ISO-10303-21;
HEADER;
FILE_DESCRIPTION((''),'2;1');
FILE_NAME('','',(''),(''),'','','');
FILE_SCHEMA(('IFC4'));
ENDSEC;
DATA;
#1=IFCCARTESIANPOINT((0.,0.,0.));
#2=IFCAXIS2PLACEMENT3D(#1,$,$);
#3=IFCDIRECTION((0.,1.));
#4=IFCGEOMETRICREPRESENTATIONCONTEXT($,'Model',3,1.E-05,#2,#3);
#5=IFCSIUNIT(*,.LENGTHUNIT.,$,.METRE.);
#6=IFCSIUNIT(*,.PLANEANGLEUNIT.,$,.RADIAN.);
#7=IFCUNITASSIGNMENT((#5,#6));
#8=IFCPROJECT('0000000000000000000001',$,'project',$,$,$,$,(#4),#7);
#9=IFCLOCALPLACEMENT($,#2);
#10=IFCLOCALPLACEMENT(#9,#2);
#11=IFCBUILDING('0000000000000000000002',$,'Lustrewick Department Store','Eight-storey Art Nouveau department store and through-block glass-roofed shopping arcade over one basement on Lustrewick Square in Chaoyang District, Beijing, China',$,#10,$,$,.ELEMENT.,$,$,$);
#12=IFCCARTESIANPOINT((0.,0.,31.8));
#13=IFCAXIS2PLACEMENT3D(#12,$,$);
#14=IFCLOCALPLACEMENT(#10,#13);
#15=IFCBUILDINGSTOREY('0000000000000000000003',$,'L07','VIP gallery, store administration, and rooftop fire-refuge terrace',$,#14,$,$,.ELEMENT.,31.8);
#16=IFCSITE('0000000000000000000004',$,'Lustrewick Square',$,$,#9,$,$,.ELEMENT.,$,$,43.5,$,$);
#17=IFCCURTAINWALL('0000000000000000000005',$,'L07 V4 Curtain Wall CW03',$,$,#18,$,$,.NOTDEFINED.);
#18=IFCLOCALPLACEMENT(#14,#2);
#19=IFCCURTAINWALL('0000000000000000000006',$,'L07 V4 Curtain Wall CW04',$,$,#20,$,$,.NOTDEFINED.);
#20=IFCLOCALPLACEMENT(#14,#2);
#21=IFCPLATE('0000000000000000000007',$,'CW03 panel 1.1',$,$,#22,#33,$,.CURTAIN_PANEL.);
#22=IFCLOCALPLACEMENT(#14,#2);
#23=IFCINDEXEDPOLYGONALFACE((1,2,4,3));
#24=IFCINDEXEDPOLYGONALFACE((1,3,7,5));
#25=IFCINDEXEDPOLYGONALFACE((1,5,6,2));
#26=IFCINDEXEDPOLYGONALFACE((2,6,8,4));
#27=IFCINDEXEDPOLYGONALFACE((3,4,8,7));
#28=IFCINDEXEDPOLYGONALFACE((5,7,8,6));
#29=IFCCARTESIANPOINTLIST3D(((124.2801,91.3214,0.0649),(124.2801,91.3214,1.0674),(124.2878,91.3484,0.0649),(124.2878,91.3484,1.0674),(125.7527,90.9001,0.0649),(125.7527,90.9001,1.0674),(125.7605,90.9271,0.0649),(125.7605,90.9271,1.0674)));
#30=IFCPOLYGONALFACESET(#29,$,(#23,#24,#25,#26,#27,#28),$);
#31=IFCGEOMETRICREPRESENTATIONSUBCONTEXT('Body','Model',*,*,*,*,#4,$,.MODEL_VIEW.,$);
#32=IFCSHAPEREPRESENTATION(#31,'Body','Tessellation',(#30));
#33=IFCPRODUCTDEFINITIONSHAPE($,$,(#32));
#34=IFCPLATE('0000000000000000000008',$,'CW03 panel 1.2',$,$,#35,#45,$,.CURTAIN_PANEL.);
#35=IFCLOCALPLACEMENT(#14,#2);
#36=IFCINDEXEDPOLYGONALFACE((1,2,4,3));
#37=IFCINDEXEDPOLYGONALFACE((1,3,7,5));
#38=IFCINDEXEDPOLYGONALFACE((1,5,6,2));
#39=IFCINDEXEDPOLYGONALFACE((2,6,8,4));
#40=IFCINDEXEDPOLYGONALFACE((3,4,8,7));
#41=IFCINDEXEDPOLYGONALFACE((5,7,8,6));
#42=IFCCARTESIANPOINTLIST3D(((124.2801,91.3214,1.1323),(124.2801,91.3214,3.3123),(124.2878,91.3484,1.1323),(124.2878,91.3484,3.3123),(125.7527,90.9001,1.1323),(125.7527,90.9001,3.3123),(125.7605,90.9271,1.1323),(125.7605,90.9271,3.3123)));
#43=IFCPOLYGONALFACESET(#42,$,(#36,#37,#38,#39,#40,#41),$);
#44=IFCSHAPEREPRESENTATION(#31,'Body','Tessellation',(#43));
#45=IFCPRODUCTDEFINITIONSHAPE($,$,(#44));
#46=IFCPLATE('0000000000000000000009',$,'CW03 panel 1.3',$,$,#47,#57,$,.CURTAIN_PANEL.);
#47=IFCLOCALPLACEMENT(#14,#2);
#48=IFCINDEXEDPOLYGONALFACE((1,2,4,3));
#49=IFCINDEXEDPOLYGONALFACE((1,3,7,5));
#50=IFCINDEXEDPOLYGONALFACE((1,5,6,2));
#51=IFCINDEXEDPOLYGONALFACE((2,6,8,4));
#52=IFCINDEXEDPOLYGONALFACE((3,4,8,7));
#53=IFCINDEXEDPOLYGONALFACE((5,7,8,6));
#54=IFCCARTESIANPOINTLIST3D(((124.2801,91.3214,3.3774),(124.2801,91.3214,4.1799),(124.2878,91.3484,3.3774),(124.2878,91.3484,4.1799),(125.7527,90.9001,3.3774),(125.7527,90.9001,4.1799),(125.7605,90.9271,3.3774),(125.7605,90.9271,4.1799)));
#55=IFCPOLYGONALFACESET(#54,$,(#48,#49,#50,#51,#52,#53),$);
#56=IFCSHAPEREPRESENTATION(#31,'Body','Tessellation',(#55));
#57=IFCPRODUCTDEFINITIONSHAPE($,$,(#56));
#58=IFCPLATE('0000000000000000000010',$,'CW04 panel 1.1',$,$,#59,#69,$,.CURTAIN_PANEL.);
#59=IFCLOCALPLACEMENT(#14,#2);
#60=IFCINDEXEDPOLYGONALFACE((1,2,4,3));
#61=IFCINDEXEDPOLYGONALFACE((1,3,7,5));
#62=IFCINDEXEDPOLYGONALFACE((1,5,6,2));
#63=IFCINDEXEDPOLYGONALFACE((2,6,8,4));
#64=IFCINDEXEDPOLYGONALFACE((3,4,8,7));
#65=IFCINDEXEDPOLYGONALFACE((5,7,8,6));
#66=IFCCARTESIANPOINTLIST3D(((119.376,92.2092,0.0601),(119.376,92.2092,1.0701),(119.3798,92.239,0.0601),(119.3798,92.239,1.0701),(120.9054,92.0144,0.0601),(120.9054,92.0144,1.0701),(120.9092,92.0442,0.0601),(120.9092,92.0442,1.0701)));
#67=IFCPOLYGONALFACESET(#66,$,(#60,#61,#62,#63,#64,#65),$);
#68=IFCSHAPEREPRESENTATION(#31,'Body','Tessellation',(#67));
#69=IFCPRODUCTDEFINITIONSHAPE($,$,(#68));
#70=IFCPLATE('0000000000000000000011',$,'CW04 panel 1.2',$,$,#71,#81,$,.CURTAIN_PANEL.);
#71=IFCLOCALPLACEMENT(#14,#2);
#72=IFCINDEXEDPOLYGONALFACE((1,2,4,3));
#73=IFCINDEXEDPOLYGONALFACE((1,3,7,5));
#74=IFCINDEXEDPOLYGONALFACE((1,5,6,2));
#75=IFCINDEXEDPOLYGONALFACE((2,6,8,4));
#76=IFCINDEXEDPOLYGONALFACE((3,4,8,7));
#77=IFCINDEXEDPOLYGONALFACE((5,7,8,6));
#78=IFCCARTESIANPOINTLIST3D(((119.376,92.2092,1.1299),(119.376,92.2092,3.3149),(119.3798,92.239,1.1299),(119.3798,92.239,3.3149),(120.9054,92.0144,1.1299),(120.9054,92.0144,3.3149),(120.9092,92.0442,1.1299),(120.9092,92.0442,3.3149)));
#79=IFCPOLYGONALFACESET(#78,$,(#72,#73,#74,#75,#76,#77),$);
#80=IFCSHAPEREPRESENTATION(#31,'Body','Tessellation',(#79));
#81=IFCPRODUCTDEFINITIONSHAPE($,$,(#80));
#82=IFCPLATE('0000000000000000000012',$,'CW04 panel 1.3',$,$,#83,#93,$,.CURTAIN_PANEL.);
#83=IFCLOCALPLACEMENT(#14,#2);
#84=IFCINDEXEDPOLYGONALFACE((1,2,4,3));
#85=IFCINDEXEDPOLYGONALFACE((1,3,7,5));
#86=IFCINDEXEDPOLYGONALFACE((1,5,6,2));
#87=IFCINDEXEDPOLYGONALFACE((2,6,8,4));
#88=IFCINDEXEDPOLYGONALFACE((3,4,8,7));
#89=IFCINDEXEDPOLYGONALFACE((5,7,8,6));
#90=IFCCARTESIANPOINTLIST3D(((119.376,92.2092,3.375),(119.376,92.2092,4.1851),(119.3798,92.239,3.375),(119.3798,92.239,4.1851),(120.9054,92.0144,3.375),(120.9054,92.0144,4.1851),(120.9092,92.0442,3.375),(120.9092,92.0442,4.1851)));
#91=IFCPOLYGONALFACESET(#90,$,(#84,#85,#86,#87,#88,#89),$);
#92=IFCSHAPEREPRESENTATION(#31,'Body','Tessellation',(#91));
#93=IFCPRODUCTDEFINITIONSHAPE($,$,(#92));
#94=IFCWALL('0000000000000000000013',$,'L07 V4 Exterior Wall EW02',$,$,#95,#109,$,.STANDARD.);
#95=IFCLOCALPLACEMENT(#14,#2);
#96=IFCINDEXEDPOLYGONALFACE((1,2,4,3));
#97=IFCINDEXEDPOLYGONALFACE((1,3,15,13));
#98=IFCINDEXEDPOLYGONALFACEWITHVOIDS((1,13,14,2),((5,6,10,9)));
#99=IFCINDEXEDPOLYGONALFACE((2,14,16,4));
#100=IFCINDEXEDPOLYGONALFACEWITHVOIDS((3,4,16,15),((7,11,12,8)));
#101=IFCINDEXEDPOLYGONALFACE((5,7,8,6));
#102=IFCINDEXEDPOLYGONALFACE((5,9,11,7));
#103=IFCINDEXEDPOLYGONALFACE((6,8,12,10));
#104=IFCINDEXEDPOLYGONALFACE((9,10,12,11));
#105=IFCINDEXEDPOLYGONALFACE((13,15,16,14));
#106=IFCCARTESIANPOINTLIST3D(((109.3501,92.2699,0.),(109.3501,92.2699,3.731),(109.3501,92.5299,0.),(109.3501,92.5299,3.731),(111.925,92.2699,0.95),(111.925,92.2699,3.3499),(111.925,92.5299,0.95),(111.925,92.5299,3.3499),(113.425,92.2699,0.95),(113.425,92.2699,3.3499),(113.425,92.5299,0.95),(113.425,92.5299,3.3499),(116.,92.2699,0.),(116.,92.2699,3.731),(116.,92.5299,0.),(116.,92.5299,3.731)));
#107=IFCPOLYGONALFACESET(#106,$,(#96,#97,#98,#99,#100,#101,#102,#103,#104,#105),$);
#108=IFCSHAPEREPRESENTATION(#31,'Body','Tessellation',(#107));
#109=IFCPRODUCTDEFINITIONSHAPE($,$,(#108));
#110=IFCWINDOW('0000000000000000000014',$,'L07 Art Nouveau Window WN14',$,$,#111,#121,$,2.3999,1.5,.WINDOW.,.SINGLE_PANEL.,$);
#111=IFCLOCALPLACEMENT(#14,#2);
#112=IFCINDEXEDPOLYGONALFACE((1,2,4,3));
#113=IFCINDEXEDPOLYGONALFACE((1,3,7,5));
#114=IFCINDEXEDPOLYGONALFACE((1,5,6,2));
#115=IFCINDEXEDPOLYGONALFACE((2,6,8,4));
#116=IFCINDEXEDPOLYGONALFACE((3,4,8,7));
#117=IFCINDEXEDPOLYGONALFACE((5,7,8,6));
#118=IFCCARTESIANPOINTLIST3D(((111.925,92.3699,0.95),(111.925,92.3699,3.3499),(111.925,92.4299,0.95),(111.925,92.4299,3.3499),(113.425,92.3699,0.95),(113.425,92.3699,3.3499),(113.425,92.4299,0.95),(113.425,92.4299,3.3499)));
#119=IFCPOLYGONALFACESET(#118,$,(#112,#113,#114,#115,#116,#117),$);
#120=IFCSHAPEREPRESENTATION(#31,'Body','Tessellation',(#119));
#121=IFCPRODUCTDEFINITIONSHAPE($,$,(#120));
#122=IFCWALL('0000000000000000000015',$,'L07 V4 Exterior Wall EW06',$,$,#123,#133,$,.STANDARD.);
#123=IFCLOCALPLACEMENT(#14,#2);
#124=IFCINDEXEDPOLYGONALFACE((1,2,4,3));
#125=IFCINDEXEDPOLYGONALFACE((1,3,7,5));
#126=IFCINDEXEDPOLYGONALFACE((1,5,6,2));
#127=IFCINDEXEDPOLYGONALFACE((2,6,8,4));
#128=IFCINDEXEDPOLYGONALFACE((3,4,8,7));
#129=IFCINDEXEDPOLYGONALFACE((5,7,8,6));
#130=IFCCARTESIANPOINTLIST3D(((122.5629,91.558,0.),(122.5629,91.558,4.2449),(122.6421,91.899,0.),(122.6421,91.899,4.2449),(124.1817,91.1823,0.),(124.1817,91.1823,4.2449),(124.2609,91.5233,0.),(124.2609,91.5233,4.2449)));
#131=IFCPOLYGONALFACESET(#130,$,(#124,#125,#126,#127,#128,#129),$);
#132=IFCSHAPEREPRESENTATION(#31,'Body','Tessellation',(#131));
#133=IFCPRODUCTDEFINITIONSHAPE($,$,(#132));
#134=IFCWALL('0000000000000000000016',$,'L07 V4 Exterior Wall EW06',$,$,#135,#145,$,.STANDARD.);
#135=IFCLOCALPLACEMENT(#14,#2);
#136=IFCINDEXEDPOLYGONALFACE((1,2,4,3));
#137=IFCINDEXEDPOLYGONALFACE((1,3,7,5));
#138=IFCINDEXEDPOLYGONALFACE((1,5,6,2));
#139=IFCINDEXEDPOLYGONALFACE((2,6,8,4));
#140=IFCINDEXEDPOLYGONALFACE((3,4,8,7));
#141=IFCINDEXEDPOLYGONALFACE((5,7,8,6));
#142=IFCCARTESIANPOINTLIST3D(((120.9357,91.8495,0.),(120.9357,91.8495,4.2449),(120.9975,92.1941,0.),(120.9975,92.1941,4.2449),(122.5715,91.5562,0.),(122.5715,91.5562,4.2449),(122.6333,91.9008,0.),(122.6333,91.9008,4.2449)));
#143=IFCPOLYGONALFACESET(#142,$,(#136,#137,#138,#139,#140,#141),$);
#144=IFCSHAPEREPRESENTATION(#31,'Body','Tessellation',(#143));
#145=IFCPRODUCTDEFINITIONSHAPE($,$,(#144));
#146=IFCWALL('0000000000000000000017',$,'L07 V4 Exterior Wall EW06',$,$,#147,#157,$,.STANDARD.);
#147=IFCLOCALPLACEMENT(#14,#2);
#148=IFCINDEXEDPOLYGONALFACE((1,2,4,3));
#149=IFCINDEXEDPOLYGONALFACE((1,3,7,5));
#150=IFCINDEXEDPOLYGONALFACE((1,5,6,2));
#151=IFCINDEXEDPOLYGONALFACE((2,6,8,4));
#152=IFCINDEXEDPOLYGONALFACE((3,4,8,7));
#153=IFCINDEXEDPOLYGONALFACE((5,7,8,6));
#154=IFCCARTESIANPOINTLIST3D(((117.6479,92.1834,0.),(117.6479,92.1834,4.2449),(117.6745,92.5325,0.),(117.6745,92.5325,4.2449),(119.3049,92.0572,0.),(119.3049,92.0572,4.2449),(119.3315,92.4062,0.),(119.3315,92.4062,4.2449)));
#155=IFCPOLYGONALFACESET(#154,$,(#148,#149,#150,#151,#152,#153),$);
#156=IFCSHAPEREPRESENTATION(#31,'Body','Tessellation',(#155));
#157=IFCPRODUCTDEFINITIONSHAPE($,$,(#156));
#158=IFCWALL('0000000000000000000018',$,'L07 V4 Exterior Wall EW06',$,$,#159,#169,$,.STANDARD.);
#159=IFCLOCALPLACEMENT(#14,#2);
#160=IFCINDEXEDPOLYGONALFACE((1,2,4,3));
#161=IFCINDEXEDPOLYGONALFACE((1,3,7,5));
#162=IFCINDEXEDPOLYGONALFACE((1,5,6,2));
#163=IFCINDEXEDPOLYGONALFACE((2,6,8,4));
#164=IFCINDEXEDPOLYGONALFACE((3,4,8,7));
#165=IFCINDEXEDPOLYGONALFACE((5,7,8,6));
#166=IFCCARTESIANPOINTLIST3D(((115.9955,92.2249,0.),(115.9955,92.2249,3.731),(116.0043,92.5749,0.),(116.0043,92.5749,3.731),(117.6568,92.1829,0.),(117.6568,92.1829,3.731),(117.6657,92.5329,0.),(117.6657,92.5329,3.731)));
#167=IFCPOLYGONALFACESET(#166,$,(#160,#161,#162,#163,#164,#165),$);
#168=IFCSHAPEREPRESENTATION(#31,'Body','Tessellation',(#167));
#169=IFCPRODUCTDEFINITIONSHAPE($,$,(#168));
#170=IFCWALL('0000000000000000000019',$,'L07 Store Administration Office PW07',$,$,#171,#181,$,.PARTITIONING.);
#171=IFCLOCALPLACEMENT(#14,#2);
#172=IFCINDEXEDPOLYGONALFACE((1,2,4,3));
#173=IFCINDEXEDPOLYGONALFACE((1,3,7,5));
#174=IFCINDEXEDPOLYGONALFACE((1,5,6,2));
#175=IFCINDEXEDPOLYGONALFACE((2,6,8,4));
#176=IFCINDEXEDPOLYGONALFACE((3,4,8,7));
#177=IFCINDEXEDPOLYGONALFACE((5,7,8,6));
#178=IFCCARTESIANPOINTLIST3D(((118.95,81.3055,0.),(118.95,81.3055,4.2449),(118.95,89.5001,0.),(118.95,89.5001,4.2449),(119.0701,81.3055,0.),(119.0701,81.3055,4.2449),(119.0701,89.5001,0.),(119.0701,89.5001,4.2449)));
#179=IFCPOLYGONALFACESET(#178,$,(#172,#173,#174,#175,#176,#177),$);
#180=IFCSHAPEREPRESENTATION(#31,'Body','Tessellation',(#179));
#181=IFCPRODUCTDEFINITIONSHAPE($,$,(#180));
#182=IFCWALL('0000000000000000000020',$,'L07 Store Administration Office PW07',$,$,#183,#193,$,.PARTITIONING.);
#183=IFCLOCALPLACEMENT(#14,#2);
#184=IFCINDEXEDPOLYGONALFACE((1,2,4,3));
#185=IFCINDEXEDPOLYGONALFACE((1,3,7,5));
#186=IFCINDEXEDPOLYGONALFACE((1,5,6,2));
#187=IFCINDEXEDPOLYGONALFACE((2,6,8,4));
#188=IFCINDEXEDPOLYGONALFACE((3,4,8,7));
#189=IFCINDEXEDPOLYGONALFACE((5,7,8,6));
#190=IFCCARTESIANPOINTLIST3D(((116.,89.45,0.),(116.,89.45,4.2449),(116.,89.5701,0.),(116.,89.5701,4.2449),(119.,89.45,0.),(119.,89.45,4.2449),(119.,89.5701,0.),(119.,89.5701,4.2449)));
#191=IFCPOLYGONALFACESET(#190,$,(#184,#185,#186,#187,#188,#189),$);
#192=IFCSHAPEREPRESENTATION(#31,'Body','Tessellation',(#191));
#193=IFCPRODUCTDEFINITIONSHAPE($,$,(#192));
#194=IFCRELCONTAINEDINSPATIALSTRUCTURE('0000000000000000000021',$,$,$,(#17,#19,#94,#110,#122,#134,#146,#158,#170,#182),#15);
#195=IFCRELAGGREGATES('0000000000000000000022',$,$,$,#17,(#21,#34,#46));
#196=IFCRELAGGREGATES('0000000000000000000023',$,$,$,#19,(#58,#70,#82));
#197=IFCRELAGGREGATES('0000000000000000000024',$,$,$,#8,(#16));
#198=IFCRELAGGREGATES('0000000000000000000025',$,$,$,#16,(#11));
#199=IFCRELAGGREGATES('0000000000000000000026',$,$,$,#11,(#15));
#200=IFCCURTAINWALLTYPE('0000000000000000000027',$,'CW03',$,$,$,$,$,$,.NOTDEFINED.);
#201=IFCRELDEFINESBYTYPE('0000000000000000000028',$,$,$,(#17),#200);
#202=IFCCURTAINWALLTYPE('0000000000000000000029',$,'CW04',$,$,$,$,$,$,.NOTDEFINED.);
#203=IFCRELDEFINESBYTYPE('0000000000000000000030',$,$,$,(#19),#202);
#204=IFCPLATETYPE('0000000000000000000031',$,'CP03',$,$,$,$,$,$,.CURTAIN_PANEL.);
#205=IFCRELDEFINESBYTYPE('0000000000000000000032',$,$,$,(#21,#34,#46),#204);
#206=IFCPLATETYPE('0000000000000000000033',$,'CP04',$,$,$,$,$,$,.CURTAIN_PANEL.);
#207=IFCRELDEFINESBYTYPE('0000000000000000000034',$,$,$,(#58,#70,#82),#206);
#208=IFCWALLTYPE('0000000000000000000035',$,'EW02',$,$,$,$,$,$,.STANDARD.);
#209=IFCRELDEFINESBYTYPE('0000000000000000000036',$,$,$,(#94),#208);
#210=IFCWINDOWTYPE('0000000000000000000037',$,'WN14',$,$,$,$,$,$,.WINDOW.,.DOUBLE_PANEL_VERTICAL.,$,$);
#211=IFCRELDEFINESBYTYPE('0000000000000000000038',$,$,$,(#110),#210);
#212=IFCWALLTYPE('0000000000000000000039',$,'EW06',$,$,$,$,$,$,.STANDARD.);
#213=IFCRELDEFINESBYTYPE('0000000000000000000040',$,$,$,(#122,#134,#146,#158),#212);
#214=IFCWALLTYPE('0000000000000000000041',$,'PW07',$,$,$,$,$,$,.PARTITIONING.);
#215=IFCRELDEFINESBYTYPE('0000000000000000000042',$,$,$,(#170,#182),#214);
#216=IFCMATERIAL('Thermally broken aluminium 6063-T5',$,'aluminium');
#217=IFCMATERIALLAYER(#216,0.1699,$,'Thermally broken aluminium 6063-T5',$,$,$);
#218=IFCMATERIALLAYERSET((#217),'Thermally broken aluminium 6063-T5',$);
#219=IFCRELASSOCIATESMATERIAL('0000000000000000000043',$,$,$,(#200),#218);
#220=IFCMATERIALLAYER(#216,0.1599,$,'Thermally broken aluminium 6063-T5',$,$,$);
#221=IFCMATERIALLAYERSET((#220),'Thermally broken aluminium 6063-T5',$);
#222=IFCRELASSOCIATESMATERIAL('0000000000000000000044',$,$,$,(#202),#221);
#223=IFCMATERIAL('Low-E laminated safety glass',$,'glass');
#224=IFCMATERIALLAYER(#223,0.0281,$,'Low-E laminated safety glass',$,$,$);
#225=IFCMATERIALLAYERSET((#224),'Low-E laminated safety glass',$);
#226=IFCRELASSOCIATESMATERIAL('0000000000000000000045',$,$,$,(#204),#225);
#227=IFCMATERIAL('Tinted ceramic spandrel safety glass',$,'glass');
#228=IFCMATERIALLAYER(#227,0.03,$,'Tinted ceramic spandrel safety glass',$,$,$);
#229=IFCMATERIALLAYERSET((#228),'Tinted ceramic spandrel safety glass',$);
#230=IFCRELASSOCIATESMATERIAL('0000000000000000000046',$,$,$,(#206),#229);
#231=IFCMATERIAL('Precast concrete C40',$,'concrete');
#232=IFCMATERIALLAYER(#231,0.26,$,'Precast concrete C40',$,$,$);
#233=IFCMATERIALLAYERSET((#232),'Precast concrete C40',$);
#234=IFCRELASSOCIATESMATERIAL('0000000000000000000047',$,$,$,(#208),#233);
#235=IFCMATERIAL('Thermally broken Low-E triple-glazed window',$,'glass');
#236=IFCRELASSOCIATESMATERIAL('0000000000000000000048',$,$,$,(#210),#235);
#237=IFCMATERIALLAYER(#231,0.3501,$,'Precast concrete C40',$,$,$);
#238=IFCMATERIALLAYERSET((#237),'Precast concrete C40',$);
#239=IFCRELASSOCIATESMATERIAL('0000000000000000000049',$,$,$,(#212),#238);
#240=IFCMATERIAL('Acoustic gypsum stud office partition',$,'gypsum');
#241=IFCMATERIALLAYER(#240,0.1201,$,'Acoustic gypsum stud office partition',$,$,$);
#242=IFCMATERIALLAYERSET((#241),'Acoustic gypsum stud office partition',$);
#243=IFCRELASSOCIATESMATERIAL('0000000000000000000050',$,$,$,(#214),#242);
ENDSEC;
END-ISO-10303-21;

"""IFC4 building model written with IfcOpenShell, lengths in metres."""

from ifc_helpers import new_model, si_unit, direction, frame, frame_2d, origin, origin_2d, place, context, subcontext, project, spatial, rectangle, extrude, material, layer, layer_set, type_object, element, fill, aggregate, save


model = new_model("IFC4")

# Units and contexts
model_context = context("Model", 3, precision=1e-05, world=origin(), true_north=direction((0.0, 1.0)))
body_context = subcontext(model_context, "Body", "Model", "MODEL_VIEW")
ifc_project = project(units=[si_unit("LENGTHUNIT", "METRE"), si_unit("PLANEANGLEUNIT", "RADIAN")], contexts=[model_context])

# Site, building, storey
site_placement = place(None, origin())
site = spatial("IfcSite", under=ifc_project, at=site_placement, Name="Lustrewick Square", CompositionType="ELEMENT", RefElevation=43.5)
building_placement = place(site_placement, origin())
building = spatial("IfcBuilding", under=site, at=building_placement, Name="Lustrewick Department Store", Description="Eight-storey Art Nouveau department store and through-block glass-roofed shopping arcade over one basement on Lustrewick Square in Chaoyang District, Beijing, China", CompositionType="ELEMENT")
storey_placement = place(building_placement, frame((0.0, 0.0, 31.8)))
storey = spatial("IfcBuildingStorey", under=building, at=storey_placement, Name="L07", Description="VIP gallery, store administration, and rooftop fire-refuge terrace", CompositionType="ELEMENT", Elevation=31.8)

# Curtain wall
ifc_material_1 = material(Name="Thermally broken aluminium 6063-T5", Category="aluminium")
ifc_layer_1 = layer(ifc_material_1, 0.1699, Name="Thermally broken aluminium 6063-T5")
ifc_layer_set_1 = layer_set([ifc_layer_1], Name="Thermally broken aluminium 6063-T5")
curtain_wall_type_1 = type_object("IfcCurtainWallType", Name="CW03", PredefinedType="NOTDEFINED", material=ifc_layer_set_1)
curtain_wall_1_placement = place(storey_placement, origin())
curtain_wall_1 = element("IfcCurtainWall", 1, at=curtain_wall_1_placement, inside=storey, type_object=curtain_wall_type_1, Name="L07 V4 Curtain Wall CW03", PredefinedType="NOTDEFINED")

# Curtain wall
ifc_layer_2 = layer(ifc_material_1, 0.1599, Name="Thermally broken aluminium 6063-T5")
ifc_layer_set_2 = layer_set([ifc_layer_2], Name="Thermally broken aluminium 6063-T5")
curtain_wall_type_2 = type_object("IfcCurtainWallType", Name="CW04", PredefinedType="NOTDEFINED", material=ifc_layer_set_2)
curtain_wall_2_placement = place(storey_placement, origin())
curtain_wall_2 = element("IfcCurtainWall", 2, at=curtain_wall_2_placement, inside=storey, type_object=curtain_wall_type_2, Name="L07 V4 Curtain Wall CW04", PredefinedType="NOTDEFINED")

# Plates
ifc_material_2 = material(Name="Low-E laminated safety glass", Category="glass")
ifc_layer_3 = layer(ifc_material_2, 0.0281, Name="Low-E laminated safety glass")
ifc_layer_set_3 = layer_set([ifc_layer_3], Name="Low-E laminated safety glass")
plate_type_1 = type_object("IfcPlateType", Name="CP03", PredefinedType="CURTAIN_PANEL", material=ifc_layer_set_3)
plate_1_placement = place(storey_placement, frame((125.0203, 91.1243, 0.0649), z_axis=(0.0, 0.0, 1.0), x_axis=(-0.961426, 0.275063, 0.0)))
plate_1 = element("IfcPlate", 3, at=plate_1_placement, type_object=plate_type_1, Name="CW03 panel 1.1", PredefinedType="CURTAIN_PANEL", context=body_context, shape_type="SweptSolid", body=[
    extrude(rectangle(XDim=1.5317, YDim=0.0281, at=origin_2d()), origin(), (0.0, 0.0, 1.0), 1.0024),
])
plate_2_placement = place(storey_placement, frame((125.0203, 91.1243, 1.1323), z_axis=(0.0, 0.0, 1.0), x_axis=(-0.961426, 0.275063, 0.0)))
plate_2 = element("IfcPlate", 4, at=plate_2_placement, type_object=plate_type_1, Name="CW03 panel 1.2", PredefinedType="CURTAIN_PANEL", context=body_context, shape_type="SweptSolid", body=[
    extrude(rectangle(XDim=1.5317, YDim=0.0281, at=origin_2d()), origin(), (0.0, 0.0, 1.0), 2.1799),
])
plate_3_placement = place(storey_placement, frame((125.0203, 91.1243, 3.3774), z_axis=(0.0, 0.0, 1.0), x_axis=(-0.961426, 0.275063, 0.0)))
plate_3 = element("IfcPlate", 5, at=plate_3_placement, type_object=plate_type_1, Name="CW03 panel 1.3", PredefinedType="CURTAIN_PANEL", context=body_context, shape_type="SweptSolid", body=[
    extrude(rectangle(XDim=1.5317, YDim=0.0281, at=origin_2d()), origin(), (0.0, 0.0, 1.0), 0.8025),
])
aggregate(curtain_wall_1, [plate_1, plate_2, plate_3])
ifc_material_3 = material(Name="Tinted ceramic spandrel safety glass", Category="glass")
ifc_layer_4 = layer(ifc_material_3, 0.03, Name="Tinted ceramic spandrel safety glass")
ifc_layer_set_4 = layer_set([ifc_layer_4], Name="Tinted ceramic spandrel safety glass")
plate_type_2 = type_object("IfcPlateType", Name="CP04", PredefinedType="CURTAIN_PANEL", material=ifc_layer_set_4)
plate_4_placement = place(storey_placement, frame((120.1426, 92.1267, 0.0601), z_axis=(0.0, 0.0, 1.0), x_axis=(-0.991991, 0.126308, 0.0)))
plate_4 = element("IfcPlate", 6, at=plate_4_placement, type_object=plate_type_2, Name="CW04 panel 1.1", PredefinedType="CURTAIN_PANEL", context=body_context, shape_type="SweptSolid", body=[
    extrude(rectangle(XDim=1.5417, YDim=0.03, at=origin_2d()), origin(), (0.0, 0.0, 1.0), 1.01),
])
plate_5_placement = place(storey_placement, frame((120.1426, 92.1267, 1.1299), z_axis=(0.0, 0.0, 1.0), x_axis=(-0.991991, 0.126308, 0.0)))
plate_5 = element("IfcPlate", 7, at=plate_5_placement, type_object=plate_type_2, Name="CW04 panel 1.2", PredefinedType="CURTAIN_PANEL", context=body_context, shape_type="SweptSolid", body=[
    extrude(rectangle(XDim=1.5417, YDim=0.03, at=origin_2d()), origin(), (0.0, 0.0, 1.0), 2.1851),
])
plate_6_placement = place(storey_placement, frame((120.1426, 92.1267, 3.375), z_axis=(0.0, 0.0, 1.0), x_axis=(-0.991991, 0.126308, 0.0)))
plate_6 = element("IfcPlate", 8, at=plate_6_placement, type_object=plate_type_2, Name="CW04 panel 1.3", PredefinedType="CURTAIN_PANEL", context=body_context, shape_type="SweptSolid", body=[
    extrude(rectangle(XDim=1.5417, YDim=0.03, at=origin_2d()), origin(), (0.0, 0.0, 1.0), 0.8101),
])
aggregate(curtain_wall_2, [plate_4, plate_5, plate_6])

# Wall, opening, window
ifc_material_4 = material(Name="Precast concrete C40", Category="concrete")
ifc_layer_5 = layer(ifc_material_4, 0.26, Name="Precast concrete C40")
ifc_layer_set_5 = layer_set([ifc_layer_5], Name="Precast concrete C40")
wall_type_1 = type_object("IfcWallType", Name="EW02", PredefinedType="STANDARD", material=ifc_layer_set_5)
wall_1_placement = place(storey_placement, frame((116.0, 92.3999, 0.0), z_axis=(0.0, 0.0, 1.0), x_axis=(-1.0, 0.0, 0.0)))
wall_1 = element("IfcWall", 9, at=wall_1_placement, inside=storey, type_object=wall_type_1, Name="L07 V4 Exterior Wall EW02", PredefinedType="STANDARD", context=body_context, shape_type="SweptSolid", body=[
    extrude(rectangle(XDim=6.6499, YDim=0.26, at=frame_2d((3.325, 0.0))), origin(), (0.0, 0.0, 1.0), 3.731),
])
opening_placement = place(wall_1_placement, frame((2.575, 0.0, 0.95)))
opening = element("IfcOpeningElement", 10, at=opening_placement, cuts=wall_1, PredefinedType="OPENING", context=body_context, shape_type="SweptSolid", body=[
    extrude(rectangle(XDim=1.5, YDim=2.3999, at=frame_2d((0.75, 1.2))), frame((0.0, 0.1401, 0.0), z_axis=(0.0, -1.0, 0.0), x_axis=(1.0, 0.0, 0.0)), (0.0, 0.0, 1.0), 0.28),
])
ifc_material_5 = material(Name="Thermally broken Low-E triple-glazed window", Category="glass")
window_type = type_object("IfcWindowType", Name="WN14", PartitioningType="DOUBLE_PANEL_VERTICAL", PredefinedType="WINDOW", material=ifc_material_5)
window_placement = place(opening_placement, origin())
window = element("IfcWindow", 11, at=window_placement, inside=storey, type_object=window_type, Name="L07 Art Nouveau Window WN14", OverallHeight=2.3999, OverallWidth=1.5, PartitioningType="SINGLE_PANEL", PredefinedType="WINDOW", context=body_context, shape_type="SweptSolid", body=[
    extrude(rectangle(XDim=1.5, YDim=2.3999, at=frame_2d((0.75, 1.2))), frame((0.0, 0.03, 0.0), z_axis=(0.0, -1.0, 0.0), x_axis=(1.0, 0.0, 0.0)), (0.0, 0.0, 1.0), 0.0601),
])
fill(opening, window)

# Walls
ifc_layer_6 = layer(ifc_material_4, 0.3501, Name="Precast concrete C40")
ifc_layer_set_6 = layer_set([ifc_layer_6], Name="Precast concrete C40")
wall_type_2 = type_object("IfcWallType", Name="EW06", PredefinedType="STANDARD", material=ifc_layer_set_6)
for number, where, z_axis, x_axis, name in (
    (12, (124.2214, 91.3528, 0.0), (0.0, 0.0, 1.0), (-0.974108, 0.226082, 0.0), "L07 V4 Exterior Wall EW06"),
    (13, (122.6025, 91.7285, 0.0), (0.0, 0.0, 1.0), (-0.984311, 0.176441, 0.0), "L07 V4 Exterior Wall EW06"),
    (14, (119.3184, 92.2317, 0.0), (0.0, 0.0, 1.0), (-0.997111, 0.075955, 0.0), "L07 V4 Exterior Wall EW06"),
):
    element("IfcWall", number, at=place(storey_placement, frame(where, z_axis=z_axis, x_axis=x_axis)), inside=storey, type_object=wall_type_2, Name=name, PredefinedType="STANDARD", context=body_context, shape_type="SweptSolid", body=[
        extrude(rectangle(XDim=1.6619, YDim=0.3501, at=frame_2d((0.8311, 0.0))), origin(), (0.0, 0.0, 1.0), 4.2449),
    ])
wall_2_placement = place(storey_placement, frame((117.6614, 92.3579, 0.0), z_axis=(0.0, 0.0, 1.0), x_axis=(-0.999681, 0.025267, 0.0)))
element("IfcWall", 15, at=wall_2_placement, inside=storey, type_object=wall_type_2, Name="L07 V4 Exterior Wall EW06", PredefinedType="STANDARD", context=body_context, shape_type="SweptSolid", body=[
    extrude(rectangle(XDim=1.6619, YDim=0.3501, at=frame_2d((0.8311, 0.0))), origin(), (0.0, 0.0, 1.0), 3.731),
])
ifc_material_6 = material(Name="Acoustic gypsum stud office partition", Category="gypsum")
ifc_layer_7 = layer(ifc_material_6, 0.1201, Name="Acoustic gypsum stud office partition")
ifc_layer_set_7 = layer_set([ifc_layer_7], Name="Acoustic gypsum stud office partition")
wall_type_3 = type_object("IfcWallType", Name="PW07", PredefinedType="PARTITIONING", material=ifc_layer_set_7)
wall_3_placement = place(storey_placement, frame((119.01, 89.5, 0.0), z_axis=(0.0, 0.0, 1.0), x_axis=(0.0, -1.0, 0.0)))
element("IfcWall", 16, at=wall_3_placement, inside=storey, type_object=wall_type_3, Name="L07 Store Administration Office PW07", PredefinedType="PARTITIONING", context=body_context, shape_type="SweptSolid", body=[
    extrude(rectangle(XDim=8.1946, YDim=0.1201, at=frame_2d((4.0972, 0.0))), origin(), (0.0, 0.0, 1.0), 4.2449),
])
wall_4_placement = place(storey_placement, frame((116.0, 89.51, 0.0), z_axis=(0.0, 0.0, 1.0), x_axis=(1.0, 0.0, 0.0)))
element("IfcWall", 17, at=wall_4_placement, inside=storey, type_object=wall_type_3, Name="L07 Store Administration Office PW07", PredefinedType="PARTITIONING", context=body_context, shape_type="SweptSolid", body=[
    extrude(rectangle(XDim=3.0, YDim=0.1201, at=frame_2d((1.5, 0.0))), origin(), (0.0, 0.0, 1.0), 4.2449),
])

save(model, "model.ifc")
